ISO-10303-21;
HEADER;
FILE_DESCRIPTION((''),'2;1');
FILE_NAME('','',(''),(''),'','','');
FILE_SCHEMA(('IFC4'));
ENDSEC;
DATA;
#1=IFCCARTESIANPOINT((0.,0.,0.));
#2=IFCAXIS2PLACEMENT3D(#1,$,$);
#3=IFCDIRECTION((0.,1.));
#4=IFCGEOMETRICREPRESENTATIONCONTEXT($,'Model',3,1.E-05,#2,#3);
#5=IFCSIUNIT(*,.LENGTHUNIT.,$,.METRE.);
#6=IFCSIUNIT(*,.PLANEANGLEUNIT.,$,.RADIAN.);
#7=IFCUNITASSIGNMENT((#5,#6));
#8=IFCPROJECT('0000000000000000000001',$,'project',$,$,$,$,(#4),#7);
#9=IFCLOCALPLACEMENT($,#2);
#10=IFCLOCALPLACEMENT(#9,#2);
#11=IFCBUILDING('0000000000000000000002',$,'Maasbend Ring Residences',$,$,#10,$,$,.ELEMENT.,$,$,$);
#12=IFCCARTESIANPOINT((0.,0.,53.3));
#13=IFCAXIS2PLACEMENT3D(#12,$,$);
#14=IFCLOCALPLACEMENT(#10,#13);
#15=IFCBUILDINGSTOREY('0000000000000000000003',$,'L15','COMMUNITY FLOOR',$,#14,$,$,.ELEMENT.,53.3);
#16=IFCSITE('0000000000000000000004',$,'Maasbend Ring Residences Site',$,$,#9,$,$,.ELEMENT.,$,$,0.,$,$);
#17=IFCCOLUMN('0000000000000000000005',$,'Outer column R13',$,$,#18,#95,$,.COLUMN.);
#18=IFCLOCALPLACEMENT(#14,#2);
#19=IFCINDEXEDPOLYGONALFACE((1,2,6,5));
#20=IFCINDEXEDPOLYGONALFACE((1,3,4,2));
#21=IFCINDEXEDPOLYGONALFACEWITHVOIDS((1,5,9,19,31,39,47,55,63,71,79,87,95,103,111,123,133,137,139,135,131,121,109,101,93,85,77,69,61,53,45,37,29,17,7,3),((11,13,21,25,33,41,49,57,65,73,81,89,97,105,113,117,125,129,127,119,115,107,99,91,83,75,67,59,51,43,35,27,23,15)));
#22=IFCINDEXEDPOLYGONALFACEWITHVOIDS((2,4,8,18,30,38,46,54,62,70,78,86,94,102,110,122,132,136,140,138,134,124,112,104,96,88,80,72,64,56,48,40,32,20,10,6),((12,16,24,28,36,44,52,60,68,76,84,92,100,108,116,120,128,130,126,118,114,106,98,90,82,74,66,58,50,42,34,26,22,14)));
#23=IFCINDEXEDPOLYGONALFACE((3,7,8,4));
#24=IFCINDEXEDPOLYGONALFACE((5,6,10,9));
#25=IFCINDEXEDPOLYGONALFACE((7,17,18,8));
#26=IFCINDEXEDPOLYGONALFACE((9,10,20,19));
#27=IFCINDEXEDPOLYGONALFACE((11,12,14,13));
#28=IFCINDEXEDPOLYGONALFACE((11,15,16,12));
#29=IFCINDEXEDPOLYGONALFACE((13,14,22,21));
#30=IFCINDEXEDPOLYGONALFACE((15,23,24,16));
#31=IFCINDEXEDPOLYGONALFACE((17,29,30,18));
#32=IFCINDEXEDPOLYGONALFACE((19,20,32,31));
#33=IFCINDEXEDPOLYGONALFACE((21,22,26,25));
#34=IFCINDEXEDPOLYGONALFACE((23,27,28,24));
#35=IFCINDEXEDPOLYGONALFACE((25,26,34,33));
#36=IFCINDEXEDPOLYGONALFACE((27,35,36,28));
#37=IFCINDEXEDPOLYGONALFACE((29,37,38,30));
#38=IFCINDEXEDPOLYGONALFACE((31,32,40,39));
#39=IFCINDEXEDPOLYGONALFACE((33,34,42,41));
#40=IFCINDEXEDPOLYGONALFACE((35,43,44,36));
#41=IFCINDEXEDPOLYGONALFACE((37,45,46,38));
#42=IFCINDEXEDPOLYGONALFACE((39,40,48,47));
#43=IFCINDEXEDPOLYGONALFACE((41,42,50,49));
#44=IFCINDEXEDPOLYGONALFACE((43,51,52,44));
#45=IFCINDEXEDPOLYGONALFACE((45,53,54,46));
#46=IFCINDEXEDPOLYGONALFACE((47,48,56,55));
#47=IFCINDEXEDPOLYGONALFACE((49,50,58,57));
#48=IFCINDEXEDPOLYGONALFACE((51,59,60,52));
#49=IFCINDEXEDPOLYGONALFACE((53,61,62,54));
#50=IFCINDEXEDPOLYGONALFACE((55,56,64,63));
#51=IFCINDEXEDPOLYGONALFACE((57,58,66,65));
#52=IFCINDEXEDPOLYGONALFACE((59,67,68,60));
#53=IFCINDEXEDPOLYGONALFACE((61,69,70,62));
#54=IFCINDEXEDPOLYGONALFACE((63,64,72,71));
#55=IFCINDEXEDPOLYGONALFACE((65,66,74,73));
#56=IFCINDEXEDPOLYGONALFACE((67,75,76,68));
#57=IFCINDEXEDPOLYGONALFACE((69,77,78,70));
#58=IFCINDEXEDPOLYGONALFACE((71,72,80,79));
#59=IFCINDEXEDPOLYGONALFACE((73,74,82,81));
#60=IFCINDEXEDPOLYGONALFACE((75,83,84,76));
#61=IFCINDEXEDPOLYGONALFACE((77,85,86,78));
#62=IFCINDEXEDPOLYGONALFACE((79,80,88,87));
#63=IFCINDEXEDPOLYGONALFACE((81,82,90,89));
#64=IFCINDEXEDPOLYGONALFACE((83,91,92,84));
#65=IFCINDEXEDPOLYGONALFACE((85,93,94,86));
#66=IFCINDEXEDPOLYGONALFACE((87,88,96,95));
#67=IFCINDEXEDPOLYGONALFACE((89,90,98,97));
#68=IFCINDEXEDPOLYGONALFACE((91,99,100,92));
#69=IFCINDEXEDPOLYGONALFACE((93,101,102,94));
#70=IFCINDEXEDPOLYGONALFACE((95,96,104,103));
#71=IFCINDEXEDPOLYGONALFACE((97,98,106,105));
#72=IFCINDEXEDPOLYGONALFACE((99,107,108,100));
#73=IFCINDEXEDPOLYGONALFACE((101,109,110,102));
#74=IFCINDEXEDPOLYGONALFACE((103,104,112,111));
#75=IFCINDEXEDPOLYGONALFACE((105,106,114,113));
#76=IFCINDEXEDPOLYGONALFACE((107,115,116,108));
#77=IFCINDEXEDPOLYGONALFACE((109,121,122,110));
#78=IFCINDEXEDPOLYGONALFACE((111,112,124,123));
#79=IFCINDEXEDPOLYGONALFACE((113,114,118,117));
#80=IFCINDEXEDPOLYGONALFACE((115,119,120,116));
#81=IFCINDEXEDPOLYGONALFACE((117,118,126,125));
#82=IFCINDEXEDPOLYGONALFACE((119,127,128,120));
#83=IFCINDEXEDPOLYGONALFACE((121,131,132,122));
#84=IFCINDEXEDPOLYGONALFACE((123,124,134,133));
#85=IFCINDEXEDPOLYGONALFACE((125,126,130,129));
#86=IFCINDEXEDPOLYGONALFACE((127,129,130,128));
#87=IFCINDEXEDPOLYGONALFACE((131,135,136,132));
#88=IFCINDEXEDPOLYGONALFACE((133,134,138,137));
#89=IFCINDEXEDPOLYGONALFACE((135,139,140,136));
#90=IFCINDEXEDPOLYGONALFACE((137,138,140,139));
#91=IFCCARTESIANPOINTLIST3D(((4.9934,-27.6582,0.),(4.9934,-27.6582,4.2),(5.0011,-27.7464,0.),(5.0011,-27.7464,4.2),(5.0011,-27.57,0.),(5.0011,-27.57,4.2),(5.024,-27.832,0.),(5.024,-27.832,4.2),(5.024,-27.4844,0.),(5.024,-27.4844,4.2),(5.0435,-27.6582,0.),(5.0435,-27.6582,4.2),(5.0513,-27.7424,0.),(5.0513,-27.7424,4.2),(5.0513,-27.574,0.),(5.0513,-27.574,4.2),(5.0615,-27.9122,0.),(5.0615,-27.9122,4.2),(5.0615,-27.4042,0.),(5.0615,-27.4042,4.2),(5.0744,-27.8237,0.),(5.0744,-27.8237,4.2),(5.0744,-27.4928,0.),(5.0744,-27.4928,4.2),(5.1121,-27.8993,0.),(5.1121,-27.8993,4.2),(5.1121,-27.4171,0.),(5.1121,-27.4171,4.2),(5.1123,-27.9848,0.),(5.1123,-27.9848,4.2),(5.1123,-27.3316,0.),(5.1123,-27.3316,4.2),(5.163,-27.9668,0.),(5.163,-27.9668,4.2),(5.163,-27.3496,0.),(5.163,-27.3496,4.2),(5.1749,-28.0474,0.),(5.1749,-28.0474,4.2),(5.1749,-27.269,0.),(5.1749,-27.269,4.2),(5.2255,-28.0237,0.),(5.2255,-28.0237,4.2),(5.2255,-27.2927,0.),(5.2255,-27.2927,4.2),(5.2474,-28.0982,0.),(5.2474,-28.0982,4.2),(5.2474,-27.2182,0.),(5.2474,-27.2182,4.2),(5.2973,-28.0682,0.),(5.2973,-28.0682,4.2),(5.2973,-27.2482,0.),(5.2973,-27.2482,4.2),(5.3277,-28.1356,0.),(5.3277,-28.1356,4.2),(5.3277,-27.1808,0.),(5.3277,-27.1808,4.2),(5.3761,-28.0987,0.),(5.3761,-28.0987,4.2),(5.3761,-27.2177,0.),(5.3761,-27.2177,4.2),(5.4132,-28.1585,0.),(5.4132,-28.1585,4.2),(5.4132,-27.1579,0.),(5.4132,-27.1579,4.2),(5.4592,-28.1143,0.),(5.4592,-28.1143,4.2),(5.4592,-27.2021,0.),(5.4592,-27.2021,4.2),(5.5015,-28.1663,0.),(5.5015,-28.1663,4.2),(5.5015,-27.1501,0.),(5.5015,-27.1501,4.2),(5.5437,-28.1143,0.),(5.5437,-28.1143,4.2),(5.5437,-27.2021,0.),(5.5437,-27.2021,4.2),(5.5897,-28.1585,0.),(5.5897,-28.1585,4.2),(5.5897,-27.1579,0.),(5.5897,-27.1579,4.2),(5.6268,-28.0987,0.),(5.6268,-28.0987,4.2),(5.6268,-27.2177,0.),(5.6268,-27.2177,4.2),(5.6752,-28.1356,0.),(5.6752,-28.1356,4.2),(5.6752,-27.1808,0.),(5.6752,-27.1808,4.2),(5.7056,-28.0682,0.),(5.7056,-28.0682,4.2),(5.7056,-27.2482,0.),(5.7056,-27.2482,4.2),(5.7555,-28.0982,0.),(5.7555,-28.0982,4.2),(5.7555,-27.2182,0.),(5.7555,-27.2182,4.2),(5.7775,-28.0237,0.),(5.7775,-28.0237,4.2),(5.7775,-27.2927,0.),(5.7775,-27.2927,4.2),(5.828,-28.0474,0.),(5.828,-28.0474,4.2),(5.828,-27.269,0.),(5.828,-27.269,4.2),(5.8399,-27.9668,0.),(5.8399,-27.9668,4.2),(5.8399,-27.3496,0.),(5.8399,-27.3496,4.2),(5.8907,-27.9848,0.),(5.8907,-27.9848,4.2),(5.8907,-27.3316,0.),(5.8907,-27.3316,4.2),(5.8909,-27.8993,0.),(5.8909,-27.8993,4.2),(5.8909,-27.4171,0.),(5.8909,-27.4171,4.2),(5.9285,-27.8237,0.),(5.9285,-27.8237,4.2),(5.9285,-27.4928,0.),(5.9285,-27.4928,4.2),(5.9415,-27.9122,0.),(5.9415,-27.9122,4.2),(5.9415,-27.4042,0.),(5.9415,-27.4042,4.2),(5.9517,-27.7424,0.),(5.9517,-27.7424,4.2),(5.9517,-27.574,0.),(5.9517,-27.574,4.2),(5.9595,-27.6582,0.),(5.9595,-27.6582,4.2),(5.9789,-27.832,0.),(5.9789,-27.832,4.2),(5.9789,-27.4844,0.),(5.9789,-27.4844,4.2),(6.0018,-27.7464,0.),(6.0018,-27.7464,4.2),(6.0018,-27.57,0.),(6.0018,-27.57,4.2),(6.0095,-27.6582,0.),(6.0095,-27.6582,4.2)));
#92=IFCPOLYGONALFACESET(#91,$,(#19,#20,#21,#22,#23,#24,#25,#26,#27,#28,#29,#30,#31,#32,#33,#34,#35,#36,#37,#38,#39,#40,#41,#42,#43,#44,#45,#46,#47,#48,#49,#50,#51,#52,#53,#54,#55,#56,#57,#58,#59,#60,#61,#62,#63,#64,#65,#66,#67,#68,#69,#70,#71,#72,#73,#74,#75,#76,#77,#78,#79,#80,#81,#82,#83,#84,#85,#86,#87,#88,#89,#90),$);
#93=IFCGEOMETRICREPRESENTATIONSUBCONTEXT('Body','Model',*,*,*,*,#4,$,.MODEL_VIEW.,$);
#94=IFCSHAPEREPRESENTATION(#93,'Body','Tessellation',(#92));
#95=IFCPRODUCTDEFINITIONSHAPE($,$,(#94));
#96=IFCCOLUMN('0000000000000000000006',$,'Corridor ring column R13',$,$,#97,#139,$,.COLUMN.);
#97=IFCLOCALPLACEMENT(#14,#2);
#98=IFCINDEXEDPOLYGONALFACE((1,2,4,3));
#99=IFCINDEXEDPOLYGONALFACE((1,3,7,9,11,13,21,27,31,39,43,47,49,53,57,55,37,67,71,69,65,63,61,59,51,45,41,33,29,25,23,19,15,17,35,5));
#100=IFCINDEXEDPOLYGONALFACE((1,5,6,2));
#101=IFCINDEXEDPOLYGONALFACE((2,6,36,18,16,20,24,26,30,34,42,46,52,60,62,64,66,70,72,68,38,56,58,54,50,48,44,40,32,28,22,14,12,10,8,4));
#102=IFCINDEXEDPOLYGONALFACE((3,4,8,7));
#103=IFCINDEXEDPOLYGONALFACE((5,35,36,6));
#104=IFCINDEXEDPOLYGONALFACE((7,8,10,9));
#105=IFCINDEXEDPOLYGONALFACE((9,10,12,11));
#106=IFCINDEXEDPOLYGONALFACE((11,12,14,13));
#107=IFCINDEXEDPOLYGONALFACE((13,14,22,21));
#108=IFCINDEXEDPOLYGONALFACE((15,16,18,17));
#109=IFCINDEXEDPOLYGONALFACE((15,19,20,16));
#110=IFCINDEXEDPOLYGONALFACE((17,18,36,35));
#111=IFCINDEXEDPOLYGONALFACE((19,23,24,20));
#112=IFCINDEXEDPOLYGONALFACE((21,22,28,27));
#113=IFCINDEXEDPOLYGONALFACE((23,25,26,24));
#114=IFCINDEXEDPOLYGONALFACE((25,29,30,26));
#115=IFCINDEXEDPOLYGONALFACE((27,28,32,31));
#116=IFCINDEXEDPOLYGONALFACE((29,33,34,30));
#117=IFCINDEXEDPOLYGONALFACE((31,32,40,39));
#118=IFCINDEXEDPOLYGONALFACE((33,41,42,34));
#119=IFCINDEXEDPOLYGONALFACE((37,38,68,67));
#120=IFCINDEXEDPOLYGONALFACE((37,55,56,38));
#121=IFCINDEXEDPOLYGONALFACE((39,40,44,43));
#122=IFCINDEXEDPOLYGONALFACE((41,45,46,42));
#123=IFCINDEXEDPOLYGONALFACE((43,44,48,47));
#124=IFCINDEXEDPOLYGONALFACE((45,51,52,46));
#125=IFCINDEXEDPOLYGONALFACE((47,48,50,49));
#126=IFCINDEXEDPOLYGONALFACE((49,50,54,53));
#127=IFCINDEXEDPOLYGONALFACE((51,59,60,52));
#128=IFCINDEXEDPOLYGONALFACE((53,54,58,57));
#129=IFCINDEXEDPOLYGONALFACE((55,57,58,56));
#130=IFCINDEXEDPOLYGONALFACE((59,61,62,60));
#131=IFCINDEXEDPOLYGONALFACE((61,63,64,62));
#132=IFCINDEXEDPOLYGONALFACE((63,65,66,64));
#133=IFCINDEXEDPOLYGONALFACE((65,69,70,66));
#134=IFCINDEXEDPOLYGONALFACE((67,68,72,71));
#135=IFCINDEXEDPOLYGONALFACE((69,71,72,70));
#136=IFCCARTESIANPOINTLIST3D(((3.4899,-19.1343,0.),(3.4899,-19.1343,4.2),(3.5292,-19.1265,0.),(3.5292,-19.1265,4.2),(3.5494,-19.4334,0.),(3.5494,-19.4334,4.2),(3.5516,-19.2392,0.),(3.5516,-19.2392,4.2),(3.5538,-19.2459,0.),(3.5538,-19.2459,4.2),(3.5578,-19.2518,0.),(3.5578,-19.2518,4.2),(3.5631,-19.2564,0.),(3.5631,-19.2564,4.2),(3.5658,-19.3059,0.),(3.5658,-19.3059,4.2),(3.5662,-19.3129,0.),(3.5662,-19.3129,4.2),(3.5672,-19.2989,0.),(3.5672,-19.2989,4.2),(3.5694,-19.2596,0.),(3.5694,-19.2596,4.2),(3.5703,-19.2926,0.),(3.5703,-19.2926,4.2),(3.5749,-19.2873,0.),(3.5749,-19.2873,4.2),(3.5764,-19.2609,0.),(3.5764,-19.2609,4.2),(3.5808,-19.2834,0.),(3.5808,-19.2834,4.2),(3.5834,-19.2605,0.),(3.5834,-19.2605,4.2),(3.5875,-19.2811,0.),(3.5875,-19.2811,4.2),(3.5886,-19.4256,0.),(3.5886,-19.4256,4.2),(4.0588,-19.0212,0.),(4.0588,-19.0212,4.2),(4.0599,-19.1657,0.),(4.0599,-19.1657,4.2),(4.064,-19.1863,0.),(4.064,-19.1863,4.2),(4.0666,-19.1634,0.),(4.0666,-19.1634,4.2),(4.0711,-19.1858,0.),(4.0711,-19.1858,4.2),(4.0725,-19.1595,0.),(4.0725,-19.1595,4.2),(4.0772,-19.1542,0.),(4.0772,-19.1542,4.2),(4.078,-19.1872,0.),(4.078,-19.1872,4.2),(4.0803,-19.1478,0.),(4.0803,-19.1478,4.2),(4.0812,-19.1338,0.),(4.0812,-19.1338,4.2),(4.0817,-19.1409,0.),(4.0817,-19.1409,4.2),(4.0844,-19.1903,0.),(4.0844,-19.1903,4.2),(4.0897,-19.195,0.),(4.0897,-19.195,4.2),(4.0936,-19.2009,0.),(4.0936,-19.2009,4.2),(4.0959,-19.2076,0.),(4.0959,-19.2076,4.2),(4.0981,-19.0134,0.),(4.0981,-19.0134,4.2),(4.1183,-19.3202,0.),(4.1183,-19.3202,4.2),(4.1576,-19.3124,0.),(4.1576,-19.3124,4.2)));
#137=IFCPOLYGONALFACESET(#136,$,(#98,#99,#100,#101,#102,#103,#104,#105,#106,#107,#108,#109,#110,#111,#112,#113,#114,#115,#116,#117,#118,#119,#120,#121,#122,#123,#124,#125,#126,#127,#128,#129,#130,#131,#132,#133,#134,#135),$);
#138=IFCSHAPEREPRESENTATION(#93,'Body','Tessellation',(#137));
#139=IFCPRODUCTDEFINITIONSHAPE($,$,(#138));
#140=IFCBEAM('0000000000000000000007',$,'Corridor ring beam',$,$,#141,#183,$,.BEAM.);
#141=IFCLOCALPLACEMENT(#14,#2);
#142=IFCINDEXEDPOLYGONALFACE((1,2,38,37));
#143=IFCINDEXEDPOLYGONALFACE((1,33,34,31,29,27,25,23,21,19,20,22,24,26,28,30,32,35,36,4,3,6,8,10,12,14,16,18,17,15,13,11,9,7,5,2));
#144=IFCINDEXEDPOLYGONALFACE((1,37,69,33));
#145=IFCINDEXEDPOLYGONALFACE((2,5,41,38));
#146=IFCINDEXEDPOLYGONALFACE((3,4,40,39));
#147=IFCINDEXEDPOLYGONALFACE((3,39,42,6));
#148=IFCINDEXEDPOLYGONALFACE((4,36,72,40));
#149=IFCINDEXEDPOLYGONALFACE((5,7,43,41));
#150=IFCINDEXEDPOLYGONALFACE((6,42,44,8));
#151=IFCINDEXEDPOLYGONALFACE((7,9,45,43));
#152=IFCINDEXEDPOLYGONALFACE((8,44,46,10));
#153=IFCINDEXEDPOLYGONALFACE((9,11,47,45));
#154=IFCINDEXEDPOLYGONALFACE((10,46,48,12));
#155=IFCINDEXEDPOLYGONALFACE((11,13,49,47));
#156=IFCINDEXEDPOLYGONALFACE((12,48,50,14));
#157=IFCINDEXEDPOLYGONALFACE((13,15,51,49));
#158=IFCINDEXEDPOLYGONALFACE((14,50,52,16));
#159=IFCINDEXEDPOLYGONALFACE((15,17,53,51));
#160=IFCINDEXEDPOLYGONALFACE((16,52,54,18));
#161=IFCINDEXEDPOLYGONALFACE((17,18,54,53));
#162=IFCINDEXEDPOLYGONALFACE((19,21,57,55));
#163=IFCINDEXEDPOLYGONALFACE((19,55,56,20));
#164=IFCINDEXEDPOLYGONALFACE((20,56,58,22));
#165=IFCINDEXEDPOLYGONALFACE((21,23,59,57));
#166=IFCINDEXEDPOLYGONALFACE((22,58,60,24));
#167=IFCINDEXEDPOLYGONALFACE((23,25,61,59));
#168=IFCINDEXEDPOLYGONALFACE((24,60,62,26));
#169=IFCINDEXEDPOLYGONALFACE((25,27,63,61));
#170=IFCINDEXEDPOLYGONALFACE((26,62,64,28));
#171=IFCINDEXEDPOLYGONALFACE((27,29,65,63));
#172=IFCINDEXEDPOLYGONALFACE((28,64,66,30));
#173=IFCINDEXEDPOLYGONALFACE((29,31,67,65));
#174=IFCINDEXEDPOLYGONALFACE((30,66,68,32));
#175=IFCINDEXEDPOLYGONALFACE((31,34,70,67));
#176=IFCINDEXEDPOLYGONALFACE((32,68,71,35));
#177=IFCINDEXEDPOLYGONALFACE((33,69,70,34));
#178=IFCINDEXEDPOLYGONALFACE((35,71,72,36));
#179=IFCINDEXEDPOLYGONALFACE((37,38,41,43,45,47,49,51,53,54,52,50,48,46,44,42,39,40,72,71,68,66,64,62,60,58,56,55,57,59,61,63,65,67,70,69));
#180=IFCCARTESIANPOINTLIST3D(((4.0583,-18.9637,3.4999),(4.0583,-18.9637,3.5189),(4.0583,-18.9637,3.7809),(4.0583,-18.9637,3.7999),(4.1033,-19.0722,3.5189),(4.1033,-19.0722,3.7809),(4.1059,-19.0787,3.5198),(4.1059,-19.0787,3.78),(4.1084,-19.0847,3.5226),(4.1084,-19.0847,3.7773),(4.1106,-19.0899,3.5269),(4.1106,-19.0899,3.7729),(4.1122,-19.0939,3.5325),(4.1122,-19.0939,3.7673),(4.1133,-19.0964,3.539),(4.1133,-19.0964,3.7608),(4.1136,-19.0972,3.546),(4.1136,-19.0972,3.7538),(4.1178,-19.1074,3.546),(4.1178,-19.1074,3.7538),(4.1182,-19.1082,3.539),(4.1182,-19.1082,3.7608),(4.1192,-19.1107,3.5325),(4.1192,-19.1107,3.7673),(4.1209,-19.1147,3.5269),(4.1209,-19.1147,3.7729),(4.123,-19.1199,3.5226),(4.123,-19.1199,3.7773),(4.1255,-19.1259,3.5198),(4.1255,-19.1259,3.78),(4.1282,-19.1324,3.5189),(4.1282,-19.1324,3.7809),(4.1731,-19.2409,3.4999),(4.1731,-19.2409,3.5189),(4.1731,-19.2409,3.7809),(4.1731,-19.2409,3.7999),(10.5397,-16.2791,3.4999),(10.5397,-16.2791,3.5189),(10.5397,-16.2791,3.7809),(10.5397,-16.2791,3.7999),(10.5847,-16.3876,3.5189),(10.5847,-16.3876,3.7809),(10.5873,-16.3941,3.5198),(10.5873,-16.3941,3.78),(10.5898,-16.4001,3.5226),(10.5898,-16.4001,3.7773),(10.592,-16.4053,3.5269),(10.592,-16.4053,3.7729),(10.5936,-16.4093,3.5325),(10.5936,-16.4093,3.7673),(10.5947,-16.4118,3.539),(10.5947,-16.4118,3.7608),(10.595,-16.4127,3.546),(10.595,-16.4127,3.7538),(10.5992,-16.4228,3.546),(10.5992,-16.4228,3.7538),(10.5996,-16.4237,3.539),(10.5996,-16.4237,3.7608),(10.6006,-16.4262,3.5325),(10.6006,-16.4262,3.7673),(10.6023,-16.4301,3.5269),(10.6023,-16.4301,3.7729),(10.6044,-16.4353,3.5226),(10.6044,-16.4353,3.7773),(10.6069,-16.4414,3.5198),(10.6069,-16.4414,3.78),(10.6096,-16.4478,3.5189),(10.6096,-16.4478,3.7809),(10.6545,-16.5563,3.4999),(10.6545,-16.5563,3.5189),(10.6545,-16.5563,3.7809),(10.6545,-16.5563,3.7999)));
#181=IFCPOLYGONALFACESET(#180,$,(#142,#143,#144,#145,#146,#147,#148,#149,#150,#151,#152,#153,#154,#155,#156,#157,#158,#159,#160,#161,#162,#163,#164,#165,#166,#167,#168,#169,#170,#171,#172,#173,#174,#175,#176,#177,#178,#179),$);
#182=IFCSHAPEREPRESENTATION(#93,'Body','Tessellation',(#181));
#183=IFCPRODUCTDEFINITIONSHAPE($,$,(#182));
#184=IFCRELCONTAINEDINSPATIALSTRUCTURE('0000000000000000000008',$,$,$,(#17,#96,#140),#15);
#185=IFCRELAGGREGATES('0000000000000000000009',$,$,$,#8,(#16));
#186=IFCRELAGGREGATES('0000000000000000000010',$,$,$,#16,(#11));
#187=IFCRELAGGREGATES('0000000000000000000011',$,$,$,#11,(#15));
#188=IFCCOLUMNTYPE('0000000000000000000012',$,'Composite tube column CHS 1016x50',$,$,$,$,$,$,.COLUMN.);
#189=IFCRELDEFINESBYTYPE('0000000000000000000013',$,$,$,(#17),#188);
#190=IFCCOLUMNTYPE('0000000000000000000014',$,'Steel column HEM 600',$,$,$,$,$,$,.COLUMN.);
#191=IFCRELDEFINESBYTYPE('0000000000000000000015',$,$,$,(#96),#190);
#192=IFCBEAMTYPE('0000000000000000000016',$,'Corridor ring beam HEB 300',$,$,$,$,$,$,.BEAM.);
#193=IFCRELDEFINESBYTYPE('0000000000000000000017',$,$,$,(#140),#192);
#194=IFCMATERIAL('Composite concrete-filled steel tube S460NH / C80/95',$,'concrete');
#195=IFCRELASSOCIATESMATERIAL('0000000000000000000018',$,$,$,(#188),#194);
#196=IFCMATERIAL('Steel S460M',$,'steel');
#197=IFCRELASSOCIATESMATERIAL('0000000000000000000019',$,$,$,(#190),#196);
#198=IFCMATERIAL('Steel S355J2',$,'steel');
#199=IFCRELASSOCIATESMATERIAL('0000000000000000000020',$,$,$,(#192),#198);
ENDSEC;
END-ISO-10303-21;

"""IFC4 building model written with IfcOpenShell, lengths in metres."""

from ifc_helpers import new_model, si_unit, direction, frame, origin, origin_2d, place, context, subcontext, project, spatial, hollow_circle, i_section, extrude, material, material_profile, profile_set, type_object, element, save


model = new_model("IFC4")

# Units and contexts
model_context = context("Model", 3, precision=1e-05, world=origin(), true_north=direction((0.0, 1.0)))
body_context = subcontext(model_context, "Body", "Model", "MODEL_VIEW")
ifc_project = project(units=[si_unit("LENGTHUNIT", "METRE"), si_unit("PLANEANGLEUNIT", "RADIAN")], contexts=[model_context])

# Site, building, storey
site_placement = place(None, origin())
site = spatial("IfcSite", under=ifc_project, at=site_placement, Name="Maasbend Ring Residences Site", CompositionType="ELEMENT", RefElevation=0.0)
building_placement = place(site_placement, origin())
building = spatial("IfcBuilding", under=site, at=building_placement, Name="Maasbend Ring Residences", CompositionType="ELEMENT")
storey_placement = place(building_placement, frame((0.0, 0.0, 53.3)))
storey = spatial("IfcBuildingStorey", under=building, at=storey_placement, Name="L15", Description="COMMUNITY FLOOR", CompositionType="ELEMENT", Elevation=53.3)

# Columns
ifc_material_1 = material(Name="Composite concrete-filled steel tube S460NH / C80/95", Category="concrete")
ifc_material_profile_1 = material_profile(ifc_material_1, hollow_circle(Radius=0.5081, WallThickness=0.05, at=origin_2d()), Name="Composite tube column CHS 1016x50")
ifc_profile_set_1 = profile_set([ifc_material_profile_1], Name="Composite concrete-filled steel tube S460NH / C80/95")
column_type_1 = type_object("IfcColumnType", Name="Composite tube column CHS 1016x50", PredefinedType="COLUMN", material=ifc_profile_set_1)
column_1_placement = place(storey_placement, frame((5.5015, -27.6582, 0.0), z_axis=(0.0, 0.0, 1.0), x_axis=(1.0, 0.0, 0.0)))
element("IfcColumn", 1, at=column_1_placement, inside=storey, type_object=column_type_1, Name="Outer column R13", PredefinedType="COLUMN", context=body_context, shape_type="SweptSolid", body=[
    extrude(hollow_circle(Radius=0.5081, WallThickness=0.05, at=origin_2d()), origin(), (0.0, 0.0, 1.0), 4.2),
])
ifc_material_2 = material(Name="Steel S460M", Category="steel")
ifc_material_profile_2 = material_profile(ifc_material_2, i_section(OverallWidth=0.3049, OverallDepth=0.6201, WebThickness=0.021, FlangeThickness=0.04, FilletRadius=0.0271, at=origin_2d()), Name="HEM 600")
ifc_profile_set_2 = profile_set([ifc_material_profile_2], Name="Steel S460M")
column_type_2 = type_object("IfcColumnType", Name="Steel column HEM 600", PredefinedType="COLUMN", material=ifc_profile_set_2)
column_2_placement = place(storey_placement, frame((3.8237, -19.2234, 0.0), z_axis=(0.0, 0.0, 1.0), x_axis=(0.19509, -0.980785, 0.0)))
element("IfcColumn", 2, at=column_2_placement, inside=storey, type_object=column_type_2, Name="Corridor ring column R13", PredefinedType="COLUMN", context=body_context, shape_type="SweptSolid", body=[
    extrude(i_section(OverallWidth=0.3049, OverallDepth=0.6201, WebThickness=0.021, FlangeThickness=0.04, FilletRadius=0.0271, at=origin_2d()), origin(), (0.0, 0.0, 1.0), 4.2),
])

# Beam
ifc_material_3 = material(Name="Steel S355J2", Category="steel")
ifc_material_profile_3 = material_profile(ifc_material_3, i_section(OverallWidth=0.3, OverallDepth=0.3, WebThickness=0.011, FlangeThickness=0.019, FilletRadius=0.0271, at=origin_2d()), Name="HEB 300")
ifc_profile_set_3 = profile_set([ifc_material_profile_3], Name="Steel S355J2")
beam_type_1 = type_object("IfcBeamType", Name="Corridor ring beam HEB 300", PredefinedType="BEAM", material=ifc_profile_set_3)
beam_1_placement = place(storey_placement, frame((4.1157, -19.1023, 3.6499), z_axis=(0.923886, 0.382667, 0.0), x_axis=(-0.382667, 0.923886, 0.0)))
element("IfcBeam", 3, at=beam_1_placement, inside=storey, type_object=beam_type_1, Name="Corridor ring beam", PredefinedType="BEAM", context=body_context, shape_type="SweptSolid", body=[
    extrude(i_section(OverallWidth=0.3, OverallDepth=0.3, WebThickness=0.011, FlangeThickness=0.019, FilletRadius=0.0271, at=origin_2d()), origin(), (0.0, 0.0, 1.0), 7.0154),
])

save(model, "model.ifc")
